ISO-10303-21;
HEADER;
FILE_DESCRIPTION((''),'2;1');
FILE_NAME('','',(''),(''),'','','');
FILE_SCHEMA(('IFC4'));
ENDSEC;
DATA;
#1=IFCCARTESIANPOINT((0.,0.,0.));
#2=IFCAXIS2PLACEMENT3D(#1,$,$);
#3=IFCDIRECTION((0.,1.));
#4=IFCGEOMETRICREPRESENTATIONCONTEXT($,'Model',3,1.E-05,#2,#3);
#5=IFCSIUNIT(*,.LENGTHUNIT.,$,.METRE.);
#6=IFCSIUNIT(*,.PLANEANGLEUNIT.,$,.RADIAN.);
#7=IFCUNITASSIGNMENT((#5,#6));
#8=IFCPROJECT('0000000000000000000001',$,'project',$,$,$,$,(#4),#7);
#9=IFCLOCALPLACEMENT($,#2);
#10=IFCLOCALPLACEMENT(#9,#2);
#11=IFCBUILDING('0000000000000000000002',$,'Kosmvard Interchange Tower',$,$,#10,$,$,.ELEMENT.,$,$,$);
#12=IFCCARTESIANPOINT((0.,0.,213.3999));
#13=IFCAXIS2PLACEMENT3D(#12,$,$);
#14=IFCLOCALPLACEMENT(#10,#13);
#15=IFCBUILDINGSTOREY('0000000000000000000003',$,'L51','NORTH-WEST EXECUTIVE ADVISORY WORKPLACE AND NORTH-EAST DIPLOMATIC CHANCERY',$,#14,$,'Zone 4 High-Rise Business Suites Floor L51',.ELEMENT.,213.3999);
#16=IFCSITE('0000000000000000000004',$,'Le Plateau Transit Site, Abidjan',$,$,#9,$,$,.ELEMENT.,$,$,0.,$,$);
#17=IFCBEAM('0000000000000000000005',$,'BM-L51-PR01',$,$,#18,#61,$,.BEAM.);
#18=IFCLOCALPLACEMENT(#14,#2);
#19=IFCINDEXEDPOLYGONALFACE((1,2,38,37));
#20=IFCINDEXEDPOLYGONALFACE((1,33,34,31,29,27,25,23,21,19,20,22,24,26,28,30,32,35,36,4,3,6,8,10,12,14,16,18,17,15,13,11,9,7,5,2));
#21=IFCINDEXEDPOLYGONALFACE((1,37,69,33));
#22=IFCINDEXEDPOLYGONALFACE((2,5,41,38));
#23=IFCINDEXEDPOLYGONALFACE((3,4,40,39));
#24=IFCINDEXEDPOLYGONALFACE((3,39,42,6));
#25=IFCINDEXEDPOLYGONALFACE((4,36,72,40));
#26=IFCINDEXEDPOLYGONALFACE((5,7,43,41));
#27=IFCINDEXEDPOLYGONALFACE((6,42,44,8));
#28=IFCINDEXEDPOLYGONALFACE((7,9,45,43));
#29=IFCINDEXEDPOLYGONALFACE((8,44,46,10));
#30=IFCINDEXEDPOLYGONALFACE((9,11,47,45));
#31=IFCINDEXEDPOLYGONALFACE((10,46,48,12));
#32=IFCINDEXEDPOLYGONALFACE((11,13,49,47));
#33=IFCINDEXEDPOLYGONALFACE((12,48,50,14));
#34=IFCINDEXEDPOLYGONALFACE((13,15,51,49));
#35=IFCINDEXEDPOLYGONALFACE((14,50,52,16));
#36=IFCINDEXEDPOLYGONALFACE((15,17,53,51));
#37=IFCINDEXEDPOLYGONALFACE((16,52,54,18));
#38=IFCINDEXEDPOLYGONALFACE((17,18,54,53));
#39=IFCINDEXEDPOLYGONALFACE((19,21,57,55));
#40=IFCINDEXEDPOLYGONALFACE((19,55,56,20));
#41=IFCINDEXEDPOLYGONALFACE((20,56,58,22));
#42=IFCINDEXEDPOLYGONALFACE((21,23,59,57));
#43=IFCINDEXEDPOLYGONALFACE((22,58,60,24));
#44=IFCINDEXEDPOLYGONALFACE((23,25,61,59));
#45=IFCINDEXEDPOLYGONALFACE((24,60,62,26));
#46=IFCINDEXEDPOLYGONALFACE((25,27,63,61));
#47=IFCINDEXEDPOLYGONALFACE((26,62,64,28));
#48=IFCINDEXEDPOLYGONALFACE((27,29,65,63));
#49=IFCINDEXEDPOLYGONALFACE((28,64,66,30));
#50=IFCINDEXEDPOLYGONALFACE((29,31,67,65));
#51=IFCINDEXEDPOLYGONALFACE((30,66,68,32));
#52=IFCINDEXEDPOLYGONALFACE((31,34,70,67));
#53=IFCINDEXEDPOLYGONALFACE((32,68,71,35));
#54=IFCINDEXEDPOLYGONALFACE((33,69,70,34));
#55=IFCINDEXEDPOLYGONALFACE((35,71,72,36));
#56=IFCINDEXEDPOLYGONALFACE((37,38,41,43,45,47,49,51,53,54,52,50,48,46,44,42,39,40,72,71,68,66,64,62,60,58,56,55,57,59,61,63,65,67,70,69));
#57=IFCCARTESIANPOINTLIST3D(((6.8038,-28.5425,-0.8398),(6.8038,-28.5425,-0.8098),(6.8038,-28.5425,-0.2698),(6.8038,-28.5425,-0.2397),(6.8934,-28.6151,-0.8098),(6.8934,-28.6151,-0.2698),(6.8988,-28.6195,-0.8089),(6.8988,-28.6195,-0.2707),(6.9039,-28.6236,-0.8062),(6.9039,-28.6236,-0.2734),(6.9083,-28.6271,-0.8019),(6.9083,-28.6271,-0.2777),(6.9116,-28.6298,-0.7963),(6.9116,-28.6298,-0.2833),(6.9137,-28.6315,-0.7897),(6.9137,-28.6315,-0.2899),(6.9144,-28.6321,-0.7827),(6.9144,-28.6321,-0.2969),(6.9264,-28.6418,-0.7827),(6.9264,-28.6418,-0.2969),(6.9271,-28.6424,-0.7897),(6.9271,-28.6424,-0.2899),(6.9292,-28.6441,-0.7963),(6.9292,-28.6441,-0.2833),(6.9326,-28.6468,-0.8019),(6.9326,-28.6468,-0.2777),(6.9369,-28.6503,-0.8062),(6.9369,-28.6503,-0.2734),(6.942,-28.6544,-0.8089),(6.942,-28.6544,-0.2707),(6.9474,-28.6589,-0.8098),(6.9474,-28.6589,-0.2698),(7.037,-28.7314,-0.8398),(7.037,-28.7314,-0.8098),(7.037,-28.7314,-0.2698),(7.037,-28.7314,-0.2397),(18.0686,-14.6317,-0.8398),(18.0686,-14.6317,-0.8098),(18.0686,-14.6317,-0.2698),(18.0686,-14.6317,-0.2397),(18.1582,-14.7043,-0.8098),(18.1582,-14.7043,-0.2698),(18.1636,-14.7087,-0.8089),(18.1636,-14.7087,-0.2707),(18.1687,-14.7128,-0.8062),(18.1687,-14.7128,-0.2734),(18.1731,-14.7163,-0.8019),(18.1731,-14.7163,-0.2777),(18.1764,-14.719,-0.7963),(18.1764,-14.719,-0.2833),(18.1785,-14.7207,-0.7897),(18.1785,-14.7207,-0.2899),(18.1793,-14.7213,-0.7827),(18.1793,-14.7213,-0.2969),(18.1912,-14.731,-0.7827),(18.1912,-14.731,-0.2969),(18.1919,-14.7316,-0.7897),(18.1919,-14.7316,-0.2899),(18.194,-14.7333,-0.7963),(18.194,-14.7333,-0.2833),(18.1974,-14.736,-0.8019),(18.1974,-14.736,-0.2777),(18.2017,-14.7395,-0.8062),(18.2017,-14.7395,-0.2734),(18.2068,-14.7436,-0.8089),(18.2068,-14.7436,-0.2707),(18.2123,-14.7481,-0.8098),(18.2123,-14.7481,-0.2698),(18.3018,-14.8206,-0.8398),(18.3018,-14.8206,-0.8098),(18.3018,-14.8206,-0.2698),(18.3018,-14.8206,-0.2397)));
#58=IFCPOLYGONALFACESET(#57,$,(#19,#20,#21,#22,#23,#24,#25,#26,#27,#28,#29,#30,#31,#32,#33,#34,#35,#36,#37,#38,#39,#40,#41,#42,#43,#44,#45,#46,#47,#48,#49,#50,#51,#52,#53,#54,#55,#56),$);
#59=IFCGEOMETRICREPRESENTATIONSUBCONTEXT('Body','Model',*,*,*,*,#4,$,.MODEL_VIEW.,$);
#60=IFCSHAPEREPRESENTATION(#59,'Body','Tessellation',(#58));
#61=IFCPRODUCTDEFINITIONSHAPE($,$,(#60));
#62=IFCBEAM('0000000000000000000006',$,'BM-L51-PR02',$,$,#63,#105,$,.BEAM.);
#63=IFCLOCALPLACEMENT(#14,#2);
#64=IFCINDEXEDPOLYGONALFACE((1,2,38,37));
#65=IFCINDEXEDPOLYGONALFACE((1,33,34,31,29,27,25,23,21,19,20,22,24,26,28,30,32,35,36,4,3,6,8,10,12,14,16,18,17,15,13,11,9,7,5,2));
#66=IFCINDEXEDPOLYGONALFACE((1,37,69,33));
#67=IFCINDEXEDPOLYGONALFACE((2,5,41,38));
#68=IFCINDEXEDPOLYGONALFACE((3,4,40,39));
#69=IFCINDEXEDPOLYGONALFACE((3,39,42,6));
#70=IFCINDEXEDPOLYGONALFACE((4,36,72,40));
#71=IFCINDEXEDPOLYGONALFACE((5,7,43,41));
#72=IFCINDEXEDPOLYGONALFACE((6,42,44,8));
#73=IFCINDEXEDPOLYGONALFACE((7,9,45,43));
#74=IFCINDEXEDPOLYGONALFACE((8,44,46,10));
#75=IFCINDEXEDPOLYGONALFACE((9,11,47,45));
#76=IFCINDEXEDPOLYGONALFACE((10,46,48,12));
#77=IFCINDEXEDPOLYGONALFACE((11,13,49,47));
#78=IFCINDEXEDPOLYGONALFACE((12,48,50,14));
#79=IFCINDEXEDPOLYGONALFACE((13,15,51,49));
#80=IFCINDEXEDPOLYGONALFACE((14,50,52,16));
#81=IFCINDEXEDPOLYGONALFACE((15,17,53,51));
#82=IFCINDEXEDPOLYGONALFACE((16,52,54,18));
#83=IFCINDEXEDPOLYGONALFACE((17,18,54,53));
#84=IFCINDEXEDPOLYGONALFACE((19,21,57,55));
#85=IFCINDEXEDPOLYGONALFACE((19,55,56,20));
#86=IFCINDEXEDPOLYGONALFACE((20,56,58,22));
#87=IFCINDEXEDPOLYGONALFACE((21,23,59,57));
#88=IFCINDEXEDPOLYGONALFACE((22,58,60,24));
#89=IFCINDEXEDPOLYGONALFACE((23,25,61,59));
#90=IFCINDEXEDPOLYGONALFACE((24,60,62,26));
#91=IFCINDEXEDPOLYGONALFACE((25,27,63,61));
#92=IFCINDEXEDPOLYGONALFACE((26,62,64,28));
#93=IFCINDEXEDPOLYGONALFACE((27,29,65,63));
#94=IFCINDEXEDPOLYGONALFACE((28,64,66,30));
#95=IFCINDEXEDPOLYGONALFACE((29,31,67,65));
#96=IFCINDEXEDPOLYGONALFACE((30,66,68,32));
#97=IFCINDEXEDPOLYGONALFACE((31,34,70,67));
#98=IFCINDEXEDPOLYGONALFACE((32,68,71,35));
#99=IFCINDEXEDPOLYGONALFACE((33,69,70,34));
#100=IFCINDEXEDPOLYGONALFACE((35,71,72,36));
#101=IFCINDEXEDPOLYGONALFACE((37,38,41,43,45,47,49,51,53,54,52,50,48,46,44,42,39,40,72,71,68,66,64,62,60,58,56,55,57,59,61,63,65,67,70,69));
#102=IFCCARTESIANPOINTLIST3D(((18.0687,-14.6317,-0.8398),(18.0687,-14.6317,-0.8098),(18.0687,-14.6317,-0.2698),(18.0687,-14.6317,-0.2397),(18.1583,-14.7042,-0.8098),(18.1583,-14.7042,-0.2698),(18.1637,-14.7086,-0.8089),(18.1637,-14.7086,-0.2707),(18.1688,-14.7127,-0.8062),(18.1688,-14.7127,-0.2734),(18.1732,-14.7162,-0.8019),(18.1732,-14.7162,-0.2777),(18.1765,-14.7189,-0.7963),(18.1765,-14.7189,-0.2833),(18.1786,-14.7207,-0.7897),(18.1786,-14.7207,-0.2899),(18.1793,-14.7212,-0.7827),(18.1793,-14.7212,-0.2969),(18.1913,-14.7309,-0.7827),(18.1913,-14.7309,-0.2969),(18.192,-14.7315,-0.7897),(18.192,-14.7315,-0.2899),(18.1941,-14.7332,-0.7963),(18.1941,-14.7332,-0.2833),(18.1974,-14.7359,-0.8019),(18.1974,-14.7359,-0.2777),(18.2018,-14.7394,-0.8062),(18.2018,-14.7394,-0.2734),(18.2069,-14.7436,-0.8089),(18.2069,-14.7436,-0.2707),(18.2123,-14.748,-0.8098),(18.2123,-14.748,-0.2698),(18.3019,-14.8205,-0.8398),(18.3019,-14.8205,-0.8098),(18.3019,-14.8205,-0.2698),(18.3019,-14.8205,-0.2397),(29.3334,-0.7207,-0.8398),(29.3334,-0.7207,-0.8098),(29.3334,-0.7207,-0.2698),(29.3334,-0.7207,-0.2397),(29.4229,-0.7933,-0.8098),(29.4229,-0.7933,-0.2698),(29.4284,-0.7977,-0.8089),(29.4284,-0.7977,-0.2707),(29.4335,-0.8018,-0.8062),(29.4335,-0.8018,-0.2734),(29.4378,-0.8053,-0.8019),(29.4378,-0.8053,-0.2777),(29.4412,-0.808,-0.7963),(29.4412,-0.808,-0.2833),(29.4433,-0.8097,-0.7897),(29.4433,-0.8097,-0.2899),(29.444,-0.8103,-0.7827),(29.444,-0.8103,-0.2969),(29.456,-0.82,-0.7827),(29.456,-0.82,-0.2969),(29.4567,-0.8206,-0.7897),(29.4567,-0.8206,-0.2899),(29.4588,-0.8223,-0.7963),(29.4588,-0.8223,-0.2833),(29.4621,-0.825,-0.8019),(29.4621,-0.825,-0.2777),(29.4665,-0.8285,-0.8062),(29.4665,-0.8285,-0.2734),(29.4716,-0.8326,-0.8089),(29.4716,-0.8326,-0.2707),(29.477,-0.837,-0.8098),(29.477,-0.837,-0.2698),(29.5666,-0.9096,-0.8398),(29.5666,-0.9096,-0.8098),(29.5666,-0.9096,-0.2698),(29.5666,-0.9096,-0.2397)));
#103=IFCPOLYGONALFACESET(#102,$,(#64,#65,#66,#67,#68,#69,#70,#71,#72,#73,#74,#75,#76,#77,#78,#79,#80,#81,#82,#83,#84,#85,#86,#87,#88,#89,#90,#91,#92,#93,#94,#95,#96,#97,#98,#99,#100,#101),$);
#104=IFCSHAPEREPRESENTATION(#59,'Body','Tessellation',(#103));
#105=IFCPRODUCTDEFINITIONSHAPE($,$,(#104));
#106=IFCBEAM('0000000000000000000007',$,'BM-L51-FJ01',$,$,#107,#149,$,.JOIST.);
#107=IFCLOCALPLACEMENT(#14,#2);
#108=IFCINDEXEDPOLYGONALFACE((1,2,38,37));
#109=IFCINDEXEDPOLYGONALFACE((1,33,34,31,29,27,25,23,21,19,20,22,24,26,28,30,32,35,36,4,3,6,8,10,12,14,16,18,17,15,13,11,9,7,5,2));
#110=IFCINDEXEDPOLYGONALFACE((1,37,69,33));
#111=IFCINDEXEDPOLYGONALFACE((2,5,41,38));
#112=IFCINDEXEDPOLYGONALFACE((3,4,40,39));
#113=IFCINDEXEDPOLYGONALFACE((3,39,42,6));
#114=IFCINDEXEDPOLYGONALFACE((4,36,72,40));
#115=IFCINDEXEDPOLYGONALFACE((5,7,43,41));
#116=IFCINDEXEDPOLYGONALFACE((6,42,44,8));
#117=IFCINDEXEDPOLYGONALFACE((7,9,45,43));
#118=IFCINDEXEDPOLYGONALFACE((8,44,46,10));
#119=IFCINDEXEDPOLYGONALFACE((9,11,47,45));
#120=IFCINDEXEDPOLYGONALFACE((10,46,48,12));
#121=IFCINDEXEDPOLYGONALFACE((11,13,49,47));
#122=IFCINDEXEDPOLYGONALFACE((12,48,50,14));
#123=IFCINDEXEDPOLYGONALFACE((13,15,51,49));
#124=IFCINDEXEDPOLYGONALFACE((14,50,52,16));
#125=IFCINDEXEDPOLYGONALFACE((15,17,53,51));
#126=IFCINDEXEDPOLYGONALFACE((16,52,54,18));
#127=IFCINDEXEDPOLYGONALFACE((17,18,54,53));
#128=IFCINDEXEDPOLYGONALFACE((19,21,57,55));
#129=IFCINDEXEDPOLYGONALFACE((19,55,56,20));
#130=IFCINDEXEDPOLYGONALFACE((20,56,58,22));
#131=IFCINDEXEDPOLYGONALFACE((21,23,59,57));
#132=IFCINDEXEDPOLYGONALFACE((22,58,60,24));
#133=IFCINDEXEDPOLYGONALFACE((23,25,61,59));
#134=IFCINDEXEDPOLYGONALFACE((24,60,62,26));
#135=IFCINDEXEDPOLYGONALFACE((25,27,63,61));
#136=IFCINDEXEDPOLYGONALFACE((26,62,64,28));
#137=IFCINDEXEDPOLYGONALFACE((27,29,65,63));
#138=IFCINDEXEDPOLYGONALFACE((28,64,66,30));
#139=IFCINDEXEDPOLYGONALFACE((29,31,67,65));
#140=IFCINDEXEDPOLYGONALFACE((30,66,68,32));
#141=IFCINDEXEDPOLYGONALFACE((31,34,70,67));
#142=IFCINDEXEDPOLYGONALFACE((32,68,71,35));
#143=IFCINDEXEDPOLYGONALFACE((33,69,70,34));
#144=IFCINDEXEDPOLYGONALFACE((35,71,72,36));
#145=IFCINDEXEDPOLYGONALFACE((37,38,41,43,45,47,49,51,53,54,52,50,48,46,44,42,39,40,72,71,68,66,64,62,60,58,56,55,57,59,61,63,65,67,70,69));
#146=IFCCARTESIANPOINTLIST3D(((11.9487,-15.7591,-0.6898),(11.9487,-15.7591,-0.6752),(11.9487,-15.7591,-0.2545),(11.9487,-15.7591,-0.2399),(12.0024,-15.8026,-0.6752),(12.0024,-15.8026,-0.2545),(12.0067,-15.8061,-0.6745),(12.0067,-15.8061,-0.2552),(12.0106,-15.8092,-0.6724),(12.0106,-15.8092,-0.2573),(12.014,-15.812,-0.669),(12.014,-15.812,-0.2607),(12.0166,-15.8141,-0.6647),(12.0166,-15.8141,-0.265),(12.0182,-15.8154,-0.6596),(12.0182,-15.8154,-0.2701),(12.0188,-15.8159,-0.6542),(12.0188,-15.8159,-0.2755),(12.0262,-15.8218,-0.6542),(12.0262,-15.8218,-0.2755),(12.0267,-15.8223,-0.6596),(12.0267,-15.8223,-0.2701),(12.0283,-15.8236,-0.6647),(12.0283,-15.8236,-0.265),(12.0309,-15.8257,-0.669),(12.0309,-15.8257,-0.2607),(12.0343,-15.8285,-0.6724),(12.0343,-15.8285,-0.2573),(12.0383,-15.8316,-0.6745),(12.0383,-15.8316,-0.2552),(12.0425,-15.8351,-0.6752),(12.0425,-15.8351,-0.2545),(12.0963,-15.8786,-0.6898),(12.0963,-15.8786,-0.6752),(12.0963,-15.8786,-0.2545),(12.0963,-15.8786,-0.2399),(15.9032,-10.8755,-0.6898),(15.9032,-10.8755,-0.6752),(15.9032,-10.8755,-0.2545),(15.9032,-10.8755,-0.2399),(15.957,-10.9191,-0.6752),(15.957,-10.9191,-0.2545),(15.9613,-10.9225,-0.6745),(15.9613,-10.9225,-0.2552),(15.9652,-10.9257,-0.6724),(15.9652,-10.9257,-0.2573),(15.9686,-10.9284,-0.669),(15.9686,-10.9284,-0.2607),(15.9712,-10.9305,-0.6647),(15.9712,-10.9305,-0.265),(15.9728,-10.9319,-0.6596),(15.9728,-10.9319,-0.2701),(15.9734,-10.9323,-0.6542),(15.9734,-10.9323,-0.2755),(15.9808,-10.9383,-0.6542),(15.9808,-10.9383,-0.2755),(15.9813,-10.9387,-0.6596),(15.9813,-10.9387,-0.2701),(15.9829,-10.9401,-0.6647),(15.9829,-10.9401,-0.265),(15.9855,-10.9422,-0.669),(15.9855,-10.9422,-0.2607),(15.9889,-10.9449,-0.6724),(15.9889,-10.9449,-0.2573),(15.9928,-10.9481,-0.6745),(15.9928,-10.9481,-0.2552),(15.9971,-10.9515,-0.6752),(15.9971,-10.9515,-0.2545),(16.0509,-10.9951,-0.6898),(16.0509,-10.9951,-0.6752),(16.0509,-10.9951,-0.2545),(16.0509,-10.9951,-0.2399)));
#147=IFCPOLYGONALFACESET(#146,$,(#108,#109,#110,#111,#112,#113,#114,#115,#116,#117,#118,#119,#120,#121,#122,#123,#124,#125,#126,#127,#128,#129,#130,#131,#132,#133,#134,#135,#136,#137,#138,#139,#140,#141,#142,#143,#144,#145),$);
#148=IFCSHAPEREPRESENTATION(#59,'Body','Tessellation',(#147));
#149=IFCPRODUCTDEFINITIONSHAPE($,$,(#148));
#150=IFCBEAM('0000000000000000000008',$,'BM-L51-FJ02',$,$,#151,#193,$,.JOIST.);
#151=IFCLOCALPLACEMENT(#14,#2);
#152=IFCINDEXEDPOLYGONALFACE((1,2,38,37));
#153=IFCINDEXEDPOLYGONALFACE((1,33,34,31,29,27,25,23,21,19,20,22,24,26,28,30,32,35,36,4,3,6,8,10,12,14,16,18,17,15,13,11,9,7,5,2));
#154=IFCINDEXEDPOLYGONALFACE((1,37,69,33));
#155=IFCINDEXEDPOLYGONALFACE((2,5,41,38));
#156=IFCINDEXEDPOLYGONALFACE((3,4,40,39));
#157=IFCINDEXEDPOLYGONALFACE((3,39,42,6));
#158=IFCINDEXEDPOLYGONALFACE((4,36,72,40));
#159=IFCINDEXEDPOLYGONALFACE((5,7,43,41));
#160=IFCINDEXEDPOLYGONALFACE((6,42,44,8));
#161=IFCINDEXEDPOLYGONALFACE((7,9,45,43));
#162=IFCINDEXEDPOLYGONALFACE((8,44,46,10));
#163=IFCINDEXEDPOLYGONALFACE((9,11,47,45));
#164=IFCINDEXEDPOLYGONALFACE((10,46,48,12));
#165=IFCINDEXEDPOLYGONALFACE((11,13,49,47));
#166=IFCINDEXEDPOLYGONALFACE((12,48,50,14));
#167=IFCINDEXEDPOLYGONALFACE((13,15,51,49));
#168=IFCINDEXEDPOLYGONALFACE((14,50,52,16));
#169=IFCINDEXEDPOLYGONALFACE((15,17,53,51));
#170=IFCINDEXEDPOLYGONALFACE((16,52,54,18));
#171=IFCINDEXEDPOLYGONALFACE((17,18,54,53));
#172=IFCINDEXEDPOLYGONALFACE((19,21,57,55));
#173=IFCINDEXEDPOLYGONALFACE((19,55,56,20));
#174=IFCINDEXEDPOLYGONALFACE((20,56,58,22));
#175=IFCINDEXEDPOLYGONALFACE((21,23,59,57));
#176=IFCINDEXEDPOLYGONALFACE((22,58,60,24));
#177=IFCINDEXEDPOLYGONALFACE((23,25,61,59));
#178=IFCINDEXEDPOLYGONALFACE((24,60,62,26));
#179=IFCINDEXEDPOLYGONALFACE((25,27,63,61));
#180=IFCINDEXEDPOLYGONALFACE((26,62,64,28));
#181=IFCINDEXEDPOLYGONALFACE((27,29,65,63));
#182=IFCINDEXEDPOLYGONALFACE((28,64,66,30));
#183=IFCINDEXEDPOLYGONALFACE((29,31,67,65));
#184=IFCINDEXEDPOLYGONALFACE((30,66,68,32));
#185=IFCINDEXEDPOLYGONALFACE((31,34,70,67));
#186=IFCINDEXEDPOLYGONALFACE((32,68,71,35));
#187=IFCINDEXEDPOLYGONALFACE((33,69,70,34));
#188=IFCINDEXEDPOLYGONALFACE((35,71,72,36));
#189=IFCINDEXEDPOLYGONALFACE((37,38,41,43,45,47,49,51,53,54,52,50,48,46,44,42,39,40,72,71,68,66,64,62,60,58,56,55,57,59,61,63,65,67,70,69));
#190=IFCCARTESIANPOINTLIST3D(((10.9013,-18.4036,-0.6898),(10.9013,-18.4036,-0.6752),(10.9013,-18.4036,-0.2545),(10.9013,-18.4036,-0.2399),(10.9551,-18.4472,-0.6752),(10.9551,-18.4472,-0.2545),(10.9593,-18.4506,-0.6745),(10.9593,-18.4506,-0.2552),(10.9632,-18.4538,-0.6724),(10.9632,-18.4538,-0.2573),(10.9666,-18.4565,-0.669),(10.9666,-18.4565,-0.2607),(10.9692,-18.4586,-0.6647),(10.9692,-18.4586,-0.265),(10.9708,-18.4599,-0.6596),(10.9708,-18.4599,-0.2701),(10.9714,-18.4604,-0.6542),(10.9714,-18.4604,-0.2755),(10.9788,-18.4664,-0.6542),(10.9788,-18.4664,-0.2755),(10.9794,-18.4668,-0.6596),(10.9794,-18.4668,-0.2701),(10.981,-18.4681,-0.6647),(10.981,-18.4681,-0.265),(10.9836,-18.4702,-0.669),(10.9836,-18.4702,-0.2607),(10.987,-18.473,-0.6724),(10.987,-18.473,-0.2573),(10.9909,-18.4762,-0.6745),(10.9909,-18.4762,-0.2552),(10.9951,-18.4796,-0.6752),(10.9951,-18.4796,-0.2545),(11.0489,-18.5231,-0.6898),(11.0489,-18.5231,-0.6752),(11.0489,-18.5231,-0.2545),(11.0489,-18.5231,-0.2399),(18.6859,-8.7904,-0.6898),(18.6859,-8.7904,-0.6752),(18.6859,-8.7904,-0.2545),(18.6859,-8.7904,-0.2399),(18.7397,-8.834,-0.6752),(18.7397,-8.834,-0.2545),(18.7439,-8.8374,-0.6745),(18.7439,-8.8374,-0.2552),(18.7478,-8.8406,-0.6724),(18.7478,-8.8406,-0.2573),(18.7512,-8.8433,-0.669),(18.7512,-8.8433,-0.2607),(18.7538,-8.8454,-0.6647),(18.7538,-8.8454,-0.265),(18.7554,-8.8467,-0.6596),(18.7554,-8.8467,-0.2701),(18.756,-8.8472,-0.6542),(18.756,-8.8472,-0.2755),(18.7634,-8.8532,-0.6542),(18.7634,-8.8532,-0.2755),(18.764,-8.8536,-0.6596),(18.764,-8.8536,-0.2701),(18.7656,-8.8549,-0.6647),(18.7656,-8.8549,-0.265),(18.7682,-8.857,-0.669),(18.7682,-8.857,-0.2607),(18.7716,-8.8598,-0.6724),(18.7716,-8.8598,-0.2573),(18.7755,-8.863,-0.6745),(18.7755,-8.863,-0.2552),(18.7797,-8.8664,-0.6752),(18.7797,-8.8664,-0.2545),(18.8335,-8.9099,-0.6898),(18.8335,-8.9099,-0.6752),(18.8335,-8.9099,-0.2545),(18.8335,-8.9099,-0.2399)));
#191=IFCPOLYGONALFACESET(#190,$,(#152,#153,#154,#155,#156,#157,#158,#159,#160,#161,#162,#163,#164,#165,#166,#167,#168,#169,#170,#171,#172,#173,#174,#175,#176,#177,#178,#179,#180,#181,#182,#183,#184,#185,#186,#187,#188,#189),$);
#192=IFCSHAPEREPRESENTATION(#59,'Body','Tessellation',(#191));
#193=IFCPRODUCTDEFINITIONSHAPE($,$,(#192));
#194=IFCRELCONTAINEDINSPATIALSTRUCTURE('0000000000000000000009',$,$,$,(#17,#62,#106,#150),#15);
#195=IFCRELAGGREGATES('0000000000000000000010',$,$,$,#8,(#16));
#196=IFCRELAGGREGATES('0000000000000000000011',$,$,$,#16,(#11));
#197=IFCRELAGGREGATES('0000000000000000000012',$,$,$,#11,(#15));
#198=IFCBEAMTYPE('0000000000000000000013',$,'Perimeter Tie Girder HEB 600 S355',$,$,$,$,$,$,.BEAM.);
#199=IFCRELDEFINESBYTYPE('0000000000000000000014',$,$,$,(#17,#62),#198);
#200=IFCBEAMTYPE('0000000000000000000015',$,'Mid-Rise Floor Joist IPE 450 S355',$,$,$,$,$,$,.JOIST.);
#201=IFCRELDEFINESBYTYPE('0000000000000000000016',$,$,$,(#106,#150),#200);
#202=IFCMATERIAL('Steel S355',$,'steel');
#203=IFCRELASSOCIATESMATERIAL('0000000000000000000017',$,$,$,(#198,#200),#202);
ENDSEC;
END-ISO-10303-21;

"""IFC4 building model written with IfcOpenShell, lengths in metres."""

from ifc_helpers import new_model, si_unit, direction, frame, origin, origin_2d, place, context, subcontext, project, spatial, i_section, extrude, source, transform, mapped, material, material_profile, profile_set, type_object, element, save


model = new_model("IFC4")

# Units and contexts
model_context = context("Model", 3, precision=1e-05, world=origin(), true_north=direction((0.0, 1.0)))
body_context = subcontext(model_context, "Body", "Model", "MODEL_VIEW")
ifc_project = project(units=[si_unit("LENGTHUNIT", "METRE"), si_unit("PLANEANGLEUNIT", "RADIAN")], contexts=[model_context])

# Site, building, storey
site_placement = place(None, origin())
site = spatial("IfcSite", under=ifc_project, at=site_placement, Name="Le Plateau Transit Site, Abidjan", CompositionType="ELEMENT", RefElevation=0.0)
building_placement = place(site_placement, origin())
building = spatial("IfcBuilding", under=site, at=building_placement, Name="Kosmvard Interchange Tower", CompositionType="ELEMENT")
storey_placement = place(building_placement, frame((0.0, 0.0, 213.3999)))
storey = spatial("IfcBuildingStorey", under=building, at=storey_placement, Name="L51", Description="NORTH-WEST EXECUTIVE ADVISORY WORKPLACE AND NORTH-EAST DIPLOMATIC CHANCERY", LongName="Zone 4 High-Rise Business Suites Floor L51", CompositionType="ELEMENT", Elevation=213.3999)

# Beams
ifc_material_1 = material(Name="Steel S355", Category="steel")
ifc_material_profile_1 = material_profile(ifc_material_1, i_section(OverallWidth=0.3, OverallDepth=0.6001, WebThickness=0.0154, FlangeThickness=0.03, FilletRadius=0.0271, at=origin_2d()), Name="HEB 600")
ifc_profile_set_1 = profile_set([ifc_material_profile_1], Name="Steel S355")
beam_type_1 = type_object("IfcBeamType", Name="Perimeter Tie Girder HEB 600 S355", PredefinedType="BEAM", material=ifc_profile_set_1)
shared_shape_1 = source(origin(), body_context, "Body", "SweptSolid", [
    extrude(i_section(OverallWidth=0.3, OverallDepth=0.6001, WebThickness=0.0154, FlangeThickness=0.03, FilletRadius=0.0271, at=origin_2d()), origin(), (0.0, 0.0, 1.0), 17.8999),
])
for number, where, z_axis, x_axis, name in (
    (1, (6.9204, -28.637, -0.5398), (0.629323, 0.777144, 0.0), (-0.777144, 0.629323, 0.0), "BM-L51-PR01"),
    (2, (18.1853, -14.7261, -0.5398), (0.629315, 0.777151, 0.0), (-0.777151, 0.629315, 0.0), "BM-L51-PR02"),
):
    element("IfcBeam", number, at=place(storey_placement, frame(where, z_axis=z_axis, x_axis=x_axis)), inside=storey, type_object=beam_type_1, Name=name, PredefinedType="BEAM", context=body_context, shape_type="MappedRepresentation", body=[
        mapped(shared_shape_1, transform((0.0, 0.0, 0.0), scale=1.0)),
    ])
ifc_material_profile_2 = material_profile(ifc_material_1, i_section(OverallWidth=0.1899, OverallDepth=0.45, WebThickness=0.0095, FlangeThickness=0.0146, FilletRadius=0.021, at=origin_2d()), Name="IPE 450")
ifc_profile_set_2 = profile_set([ifc_material_profile_2], Name="Steel S355")
beam_type_2 = type_object("IfcBeamType", Name="Mid-Rise Floor Joist IPE 450 S355", PredefinedType="JOIST", material=ifc_profile_set_2)
shared_shape_2 = source(origin(), body_context, "Body", "SweptSolid", [
    extrude(i_section(OverallWidth=0.1899, OverallDepth=0.45, WebThickness=0.0095, FlangeThickness=0.0146, FilletRadius=0.021, at=origin_2d()), origin(), (0.0, 0.0, 1.0), 6.2839),
])
beam_1_placement = place(storey_placement, frame((12.0225, -15.8188, -0.4648), z_axis=(0.629318, 0.777148, 0.0), x_axis=(-0.777148, 0.629318, 0.0)))
element("IfcBeam", 3, at=beam_1_placement, inside=storey, type_object=beam_type_2, Name="BM-L51-FJ01", PredefinedType="JOIST", context=body_context, shape_type="MappedRepresentation", body=[
    mapped(shared_shape_2, transform((0.0, 0.0, 0.0), scale=1.0)),
])
shared_shape_3 = source(origin(), body_context, "Body", "SweptSolid", [
    extrude(i_section(OverallWidth=0.1899, OverallDepth=0.45, WebThickness=0.0095, FlangeThickness=0.0146, FilletRadius=0.021, at=origin_2d()), origin(), (0.0, 0.0, 1.0), 12.3699),
])
beam_2_placement = place(storey_placement, frame((10.9751, -18.4634, -0.4648), z_axis=(0.62932, 0.777147, 0.0), x_axis=(-0.777147, 0.62932, 0.0)))
element("IfcBeam", 4, at=beam_2_placement, inside=storey, type_object=beam_type_2, Name="BM-L51-FJ02", PredefinedType="JOIST", context=body_context, shape_type="MappedRepresentation", body=[
    mapped(shared_shape_3, transform((0.0, 0.0, 0.0), scale=1.0)),
])

save(model, "model.ifc")
